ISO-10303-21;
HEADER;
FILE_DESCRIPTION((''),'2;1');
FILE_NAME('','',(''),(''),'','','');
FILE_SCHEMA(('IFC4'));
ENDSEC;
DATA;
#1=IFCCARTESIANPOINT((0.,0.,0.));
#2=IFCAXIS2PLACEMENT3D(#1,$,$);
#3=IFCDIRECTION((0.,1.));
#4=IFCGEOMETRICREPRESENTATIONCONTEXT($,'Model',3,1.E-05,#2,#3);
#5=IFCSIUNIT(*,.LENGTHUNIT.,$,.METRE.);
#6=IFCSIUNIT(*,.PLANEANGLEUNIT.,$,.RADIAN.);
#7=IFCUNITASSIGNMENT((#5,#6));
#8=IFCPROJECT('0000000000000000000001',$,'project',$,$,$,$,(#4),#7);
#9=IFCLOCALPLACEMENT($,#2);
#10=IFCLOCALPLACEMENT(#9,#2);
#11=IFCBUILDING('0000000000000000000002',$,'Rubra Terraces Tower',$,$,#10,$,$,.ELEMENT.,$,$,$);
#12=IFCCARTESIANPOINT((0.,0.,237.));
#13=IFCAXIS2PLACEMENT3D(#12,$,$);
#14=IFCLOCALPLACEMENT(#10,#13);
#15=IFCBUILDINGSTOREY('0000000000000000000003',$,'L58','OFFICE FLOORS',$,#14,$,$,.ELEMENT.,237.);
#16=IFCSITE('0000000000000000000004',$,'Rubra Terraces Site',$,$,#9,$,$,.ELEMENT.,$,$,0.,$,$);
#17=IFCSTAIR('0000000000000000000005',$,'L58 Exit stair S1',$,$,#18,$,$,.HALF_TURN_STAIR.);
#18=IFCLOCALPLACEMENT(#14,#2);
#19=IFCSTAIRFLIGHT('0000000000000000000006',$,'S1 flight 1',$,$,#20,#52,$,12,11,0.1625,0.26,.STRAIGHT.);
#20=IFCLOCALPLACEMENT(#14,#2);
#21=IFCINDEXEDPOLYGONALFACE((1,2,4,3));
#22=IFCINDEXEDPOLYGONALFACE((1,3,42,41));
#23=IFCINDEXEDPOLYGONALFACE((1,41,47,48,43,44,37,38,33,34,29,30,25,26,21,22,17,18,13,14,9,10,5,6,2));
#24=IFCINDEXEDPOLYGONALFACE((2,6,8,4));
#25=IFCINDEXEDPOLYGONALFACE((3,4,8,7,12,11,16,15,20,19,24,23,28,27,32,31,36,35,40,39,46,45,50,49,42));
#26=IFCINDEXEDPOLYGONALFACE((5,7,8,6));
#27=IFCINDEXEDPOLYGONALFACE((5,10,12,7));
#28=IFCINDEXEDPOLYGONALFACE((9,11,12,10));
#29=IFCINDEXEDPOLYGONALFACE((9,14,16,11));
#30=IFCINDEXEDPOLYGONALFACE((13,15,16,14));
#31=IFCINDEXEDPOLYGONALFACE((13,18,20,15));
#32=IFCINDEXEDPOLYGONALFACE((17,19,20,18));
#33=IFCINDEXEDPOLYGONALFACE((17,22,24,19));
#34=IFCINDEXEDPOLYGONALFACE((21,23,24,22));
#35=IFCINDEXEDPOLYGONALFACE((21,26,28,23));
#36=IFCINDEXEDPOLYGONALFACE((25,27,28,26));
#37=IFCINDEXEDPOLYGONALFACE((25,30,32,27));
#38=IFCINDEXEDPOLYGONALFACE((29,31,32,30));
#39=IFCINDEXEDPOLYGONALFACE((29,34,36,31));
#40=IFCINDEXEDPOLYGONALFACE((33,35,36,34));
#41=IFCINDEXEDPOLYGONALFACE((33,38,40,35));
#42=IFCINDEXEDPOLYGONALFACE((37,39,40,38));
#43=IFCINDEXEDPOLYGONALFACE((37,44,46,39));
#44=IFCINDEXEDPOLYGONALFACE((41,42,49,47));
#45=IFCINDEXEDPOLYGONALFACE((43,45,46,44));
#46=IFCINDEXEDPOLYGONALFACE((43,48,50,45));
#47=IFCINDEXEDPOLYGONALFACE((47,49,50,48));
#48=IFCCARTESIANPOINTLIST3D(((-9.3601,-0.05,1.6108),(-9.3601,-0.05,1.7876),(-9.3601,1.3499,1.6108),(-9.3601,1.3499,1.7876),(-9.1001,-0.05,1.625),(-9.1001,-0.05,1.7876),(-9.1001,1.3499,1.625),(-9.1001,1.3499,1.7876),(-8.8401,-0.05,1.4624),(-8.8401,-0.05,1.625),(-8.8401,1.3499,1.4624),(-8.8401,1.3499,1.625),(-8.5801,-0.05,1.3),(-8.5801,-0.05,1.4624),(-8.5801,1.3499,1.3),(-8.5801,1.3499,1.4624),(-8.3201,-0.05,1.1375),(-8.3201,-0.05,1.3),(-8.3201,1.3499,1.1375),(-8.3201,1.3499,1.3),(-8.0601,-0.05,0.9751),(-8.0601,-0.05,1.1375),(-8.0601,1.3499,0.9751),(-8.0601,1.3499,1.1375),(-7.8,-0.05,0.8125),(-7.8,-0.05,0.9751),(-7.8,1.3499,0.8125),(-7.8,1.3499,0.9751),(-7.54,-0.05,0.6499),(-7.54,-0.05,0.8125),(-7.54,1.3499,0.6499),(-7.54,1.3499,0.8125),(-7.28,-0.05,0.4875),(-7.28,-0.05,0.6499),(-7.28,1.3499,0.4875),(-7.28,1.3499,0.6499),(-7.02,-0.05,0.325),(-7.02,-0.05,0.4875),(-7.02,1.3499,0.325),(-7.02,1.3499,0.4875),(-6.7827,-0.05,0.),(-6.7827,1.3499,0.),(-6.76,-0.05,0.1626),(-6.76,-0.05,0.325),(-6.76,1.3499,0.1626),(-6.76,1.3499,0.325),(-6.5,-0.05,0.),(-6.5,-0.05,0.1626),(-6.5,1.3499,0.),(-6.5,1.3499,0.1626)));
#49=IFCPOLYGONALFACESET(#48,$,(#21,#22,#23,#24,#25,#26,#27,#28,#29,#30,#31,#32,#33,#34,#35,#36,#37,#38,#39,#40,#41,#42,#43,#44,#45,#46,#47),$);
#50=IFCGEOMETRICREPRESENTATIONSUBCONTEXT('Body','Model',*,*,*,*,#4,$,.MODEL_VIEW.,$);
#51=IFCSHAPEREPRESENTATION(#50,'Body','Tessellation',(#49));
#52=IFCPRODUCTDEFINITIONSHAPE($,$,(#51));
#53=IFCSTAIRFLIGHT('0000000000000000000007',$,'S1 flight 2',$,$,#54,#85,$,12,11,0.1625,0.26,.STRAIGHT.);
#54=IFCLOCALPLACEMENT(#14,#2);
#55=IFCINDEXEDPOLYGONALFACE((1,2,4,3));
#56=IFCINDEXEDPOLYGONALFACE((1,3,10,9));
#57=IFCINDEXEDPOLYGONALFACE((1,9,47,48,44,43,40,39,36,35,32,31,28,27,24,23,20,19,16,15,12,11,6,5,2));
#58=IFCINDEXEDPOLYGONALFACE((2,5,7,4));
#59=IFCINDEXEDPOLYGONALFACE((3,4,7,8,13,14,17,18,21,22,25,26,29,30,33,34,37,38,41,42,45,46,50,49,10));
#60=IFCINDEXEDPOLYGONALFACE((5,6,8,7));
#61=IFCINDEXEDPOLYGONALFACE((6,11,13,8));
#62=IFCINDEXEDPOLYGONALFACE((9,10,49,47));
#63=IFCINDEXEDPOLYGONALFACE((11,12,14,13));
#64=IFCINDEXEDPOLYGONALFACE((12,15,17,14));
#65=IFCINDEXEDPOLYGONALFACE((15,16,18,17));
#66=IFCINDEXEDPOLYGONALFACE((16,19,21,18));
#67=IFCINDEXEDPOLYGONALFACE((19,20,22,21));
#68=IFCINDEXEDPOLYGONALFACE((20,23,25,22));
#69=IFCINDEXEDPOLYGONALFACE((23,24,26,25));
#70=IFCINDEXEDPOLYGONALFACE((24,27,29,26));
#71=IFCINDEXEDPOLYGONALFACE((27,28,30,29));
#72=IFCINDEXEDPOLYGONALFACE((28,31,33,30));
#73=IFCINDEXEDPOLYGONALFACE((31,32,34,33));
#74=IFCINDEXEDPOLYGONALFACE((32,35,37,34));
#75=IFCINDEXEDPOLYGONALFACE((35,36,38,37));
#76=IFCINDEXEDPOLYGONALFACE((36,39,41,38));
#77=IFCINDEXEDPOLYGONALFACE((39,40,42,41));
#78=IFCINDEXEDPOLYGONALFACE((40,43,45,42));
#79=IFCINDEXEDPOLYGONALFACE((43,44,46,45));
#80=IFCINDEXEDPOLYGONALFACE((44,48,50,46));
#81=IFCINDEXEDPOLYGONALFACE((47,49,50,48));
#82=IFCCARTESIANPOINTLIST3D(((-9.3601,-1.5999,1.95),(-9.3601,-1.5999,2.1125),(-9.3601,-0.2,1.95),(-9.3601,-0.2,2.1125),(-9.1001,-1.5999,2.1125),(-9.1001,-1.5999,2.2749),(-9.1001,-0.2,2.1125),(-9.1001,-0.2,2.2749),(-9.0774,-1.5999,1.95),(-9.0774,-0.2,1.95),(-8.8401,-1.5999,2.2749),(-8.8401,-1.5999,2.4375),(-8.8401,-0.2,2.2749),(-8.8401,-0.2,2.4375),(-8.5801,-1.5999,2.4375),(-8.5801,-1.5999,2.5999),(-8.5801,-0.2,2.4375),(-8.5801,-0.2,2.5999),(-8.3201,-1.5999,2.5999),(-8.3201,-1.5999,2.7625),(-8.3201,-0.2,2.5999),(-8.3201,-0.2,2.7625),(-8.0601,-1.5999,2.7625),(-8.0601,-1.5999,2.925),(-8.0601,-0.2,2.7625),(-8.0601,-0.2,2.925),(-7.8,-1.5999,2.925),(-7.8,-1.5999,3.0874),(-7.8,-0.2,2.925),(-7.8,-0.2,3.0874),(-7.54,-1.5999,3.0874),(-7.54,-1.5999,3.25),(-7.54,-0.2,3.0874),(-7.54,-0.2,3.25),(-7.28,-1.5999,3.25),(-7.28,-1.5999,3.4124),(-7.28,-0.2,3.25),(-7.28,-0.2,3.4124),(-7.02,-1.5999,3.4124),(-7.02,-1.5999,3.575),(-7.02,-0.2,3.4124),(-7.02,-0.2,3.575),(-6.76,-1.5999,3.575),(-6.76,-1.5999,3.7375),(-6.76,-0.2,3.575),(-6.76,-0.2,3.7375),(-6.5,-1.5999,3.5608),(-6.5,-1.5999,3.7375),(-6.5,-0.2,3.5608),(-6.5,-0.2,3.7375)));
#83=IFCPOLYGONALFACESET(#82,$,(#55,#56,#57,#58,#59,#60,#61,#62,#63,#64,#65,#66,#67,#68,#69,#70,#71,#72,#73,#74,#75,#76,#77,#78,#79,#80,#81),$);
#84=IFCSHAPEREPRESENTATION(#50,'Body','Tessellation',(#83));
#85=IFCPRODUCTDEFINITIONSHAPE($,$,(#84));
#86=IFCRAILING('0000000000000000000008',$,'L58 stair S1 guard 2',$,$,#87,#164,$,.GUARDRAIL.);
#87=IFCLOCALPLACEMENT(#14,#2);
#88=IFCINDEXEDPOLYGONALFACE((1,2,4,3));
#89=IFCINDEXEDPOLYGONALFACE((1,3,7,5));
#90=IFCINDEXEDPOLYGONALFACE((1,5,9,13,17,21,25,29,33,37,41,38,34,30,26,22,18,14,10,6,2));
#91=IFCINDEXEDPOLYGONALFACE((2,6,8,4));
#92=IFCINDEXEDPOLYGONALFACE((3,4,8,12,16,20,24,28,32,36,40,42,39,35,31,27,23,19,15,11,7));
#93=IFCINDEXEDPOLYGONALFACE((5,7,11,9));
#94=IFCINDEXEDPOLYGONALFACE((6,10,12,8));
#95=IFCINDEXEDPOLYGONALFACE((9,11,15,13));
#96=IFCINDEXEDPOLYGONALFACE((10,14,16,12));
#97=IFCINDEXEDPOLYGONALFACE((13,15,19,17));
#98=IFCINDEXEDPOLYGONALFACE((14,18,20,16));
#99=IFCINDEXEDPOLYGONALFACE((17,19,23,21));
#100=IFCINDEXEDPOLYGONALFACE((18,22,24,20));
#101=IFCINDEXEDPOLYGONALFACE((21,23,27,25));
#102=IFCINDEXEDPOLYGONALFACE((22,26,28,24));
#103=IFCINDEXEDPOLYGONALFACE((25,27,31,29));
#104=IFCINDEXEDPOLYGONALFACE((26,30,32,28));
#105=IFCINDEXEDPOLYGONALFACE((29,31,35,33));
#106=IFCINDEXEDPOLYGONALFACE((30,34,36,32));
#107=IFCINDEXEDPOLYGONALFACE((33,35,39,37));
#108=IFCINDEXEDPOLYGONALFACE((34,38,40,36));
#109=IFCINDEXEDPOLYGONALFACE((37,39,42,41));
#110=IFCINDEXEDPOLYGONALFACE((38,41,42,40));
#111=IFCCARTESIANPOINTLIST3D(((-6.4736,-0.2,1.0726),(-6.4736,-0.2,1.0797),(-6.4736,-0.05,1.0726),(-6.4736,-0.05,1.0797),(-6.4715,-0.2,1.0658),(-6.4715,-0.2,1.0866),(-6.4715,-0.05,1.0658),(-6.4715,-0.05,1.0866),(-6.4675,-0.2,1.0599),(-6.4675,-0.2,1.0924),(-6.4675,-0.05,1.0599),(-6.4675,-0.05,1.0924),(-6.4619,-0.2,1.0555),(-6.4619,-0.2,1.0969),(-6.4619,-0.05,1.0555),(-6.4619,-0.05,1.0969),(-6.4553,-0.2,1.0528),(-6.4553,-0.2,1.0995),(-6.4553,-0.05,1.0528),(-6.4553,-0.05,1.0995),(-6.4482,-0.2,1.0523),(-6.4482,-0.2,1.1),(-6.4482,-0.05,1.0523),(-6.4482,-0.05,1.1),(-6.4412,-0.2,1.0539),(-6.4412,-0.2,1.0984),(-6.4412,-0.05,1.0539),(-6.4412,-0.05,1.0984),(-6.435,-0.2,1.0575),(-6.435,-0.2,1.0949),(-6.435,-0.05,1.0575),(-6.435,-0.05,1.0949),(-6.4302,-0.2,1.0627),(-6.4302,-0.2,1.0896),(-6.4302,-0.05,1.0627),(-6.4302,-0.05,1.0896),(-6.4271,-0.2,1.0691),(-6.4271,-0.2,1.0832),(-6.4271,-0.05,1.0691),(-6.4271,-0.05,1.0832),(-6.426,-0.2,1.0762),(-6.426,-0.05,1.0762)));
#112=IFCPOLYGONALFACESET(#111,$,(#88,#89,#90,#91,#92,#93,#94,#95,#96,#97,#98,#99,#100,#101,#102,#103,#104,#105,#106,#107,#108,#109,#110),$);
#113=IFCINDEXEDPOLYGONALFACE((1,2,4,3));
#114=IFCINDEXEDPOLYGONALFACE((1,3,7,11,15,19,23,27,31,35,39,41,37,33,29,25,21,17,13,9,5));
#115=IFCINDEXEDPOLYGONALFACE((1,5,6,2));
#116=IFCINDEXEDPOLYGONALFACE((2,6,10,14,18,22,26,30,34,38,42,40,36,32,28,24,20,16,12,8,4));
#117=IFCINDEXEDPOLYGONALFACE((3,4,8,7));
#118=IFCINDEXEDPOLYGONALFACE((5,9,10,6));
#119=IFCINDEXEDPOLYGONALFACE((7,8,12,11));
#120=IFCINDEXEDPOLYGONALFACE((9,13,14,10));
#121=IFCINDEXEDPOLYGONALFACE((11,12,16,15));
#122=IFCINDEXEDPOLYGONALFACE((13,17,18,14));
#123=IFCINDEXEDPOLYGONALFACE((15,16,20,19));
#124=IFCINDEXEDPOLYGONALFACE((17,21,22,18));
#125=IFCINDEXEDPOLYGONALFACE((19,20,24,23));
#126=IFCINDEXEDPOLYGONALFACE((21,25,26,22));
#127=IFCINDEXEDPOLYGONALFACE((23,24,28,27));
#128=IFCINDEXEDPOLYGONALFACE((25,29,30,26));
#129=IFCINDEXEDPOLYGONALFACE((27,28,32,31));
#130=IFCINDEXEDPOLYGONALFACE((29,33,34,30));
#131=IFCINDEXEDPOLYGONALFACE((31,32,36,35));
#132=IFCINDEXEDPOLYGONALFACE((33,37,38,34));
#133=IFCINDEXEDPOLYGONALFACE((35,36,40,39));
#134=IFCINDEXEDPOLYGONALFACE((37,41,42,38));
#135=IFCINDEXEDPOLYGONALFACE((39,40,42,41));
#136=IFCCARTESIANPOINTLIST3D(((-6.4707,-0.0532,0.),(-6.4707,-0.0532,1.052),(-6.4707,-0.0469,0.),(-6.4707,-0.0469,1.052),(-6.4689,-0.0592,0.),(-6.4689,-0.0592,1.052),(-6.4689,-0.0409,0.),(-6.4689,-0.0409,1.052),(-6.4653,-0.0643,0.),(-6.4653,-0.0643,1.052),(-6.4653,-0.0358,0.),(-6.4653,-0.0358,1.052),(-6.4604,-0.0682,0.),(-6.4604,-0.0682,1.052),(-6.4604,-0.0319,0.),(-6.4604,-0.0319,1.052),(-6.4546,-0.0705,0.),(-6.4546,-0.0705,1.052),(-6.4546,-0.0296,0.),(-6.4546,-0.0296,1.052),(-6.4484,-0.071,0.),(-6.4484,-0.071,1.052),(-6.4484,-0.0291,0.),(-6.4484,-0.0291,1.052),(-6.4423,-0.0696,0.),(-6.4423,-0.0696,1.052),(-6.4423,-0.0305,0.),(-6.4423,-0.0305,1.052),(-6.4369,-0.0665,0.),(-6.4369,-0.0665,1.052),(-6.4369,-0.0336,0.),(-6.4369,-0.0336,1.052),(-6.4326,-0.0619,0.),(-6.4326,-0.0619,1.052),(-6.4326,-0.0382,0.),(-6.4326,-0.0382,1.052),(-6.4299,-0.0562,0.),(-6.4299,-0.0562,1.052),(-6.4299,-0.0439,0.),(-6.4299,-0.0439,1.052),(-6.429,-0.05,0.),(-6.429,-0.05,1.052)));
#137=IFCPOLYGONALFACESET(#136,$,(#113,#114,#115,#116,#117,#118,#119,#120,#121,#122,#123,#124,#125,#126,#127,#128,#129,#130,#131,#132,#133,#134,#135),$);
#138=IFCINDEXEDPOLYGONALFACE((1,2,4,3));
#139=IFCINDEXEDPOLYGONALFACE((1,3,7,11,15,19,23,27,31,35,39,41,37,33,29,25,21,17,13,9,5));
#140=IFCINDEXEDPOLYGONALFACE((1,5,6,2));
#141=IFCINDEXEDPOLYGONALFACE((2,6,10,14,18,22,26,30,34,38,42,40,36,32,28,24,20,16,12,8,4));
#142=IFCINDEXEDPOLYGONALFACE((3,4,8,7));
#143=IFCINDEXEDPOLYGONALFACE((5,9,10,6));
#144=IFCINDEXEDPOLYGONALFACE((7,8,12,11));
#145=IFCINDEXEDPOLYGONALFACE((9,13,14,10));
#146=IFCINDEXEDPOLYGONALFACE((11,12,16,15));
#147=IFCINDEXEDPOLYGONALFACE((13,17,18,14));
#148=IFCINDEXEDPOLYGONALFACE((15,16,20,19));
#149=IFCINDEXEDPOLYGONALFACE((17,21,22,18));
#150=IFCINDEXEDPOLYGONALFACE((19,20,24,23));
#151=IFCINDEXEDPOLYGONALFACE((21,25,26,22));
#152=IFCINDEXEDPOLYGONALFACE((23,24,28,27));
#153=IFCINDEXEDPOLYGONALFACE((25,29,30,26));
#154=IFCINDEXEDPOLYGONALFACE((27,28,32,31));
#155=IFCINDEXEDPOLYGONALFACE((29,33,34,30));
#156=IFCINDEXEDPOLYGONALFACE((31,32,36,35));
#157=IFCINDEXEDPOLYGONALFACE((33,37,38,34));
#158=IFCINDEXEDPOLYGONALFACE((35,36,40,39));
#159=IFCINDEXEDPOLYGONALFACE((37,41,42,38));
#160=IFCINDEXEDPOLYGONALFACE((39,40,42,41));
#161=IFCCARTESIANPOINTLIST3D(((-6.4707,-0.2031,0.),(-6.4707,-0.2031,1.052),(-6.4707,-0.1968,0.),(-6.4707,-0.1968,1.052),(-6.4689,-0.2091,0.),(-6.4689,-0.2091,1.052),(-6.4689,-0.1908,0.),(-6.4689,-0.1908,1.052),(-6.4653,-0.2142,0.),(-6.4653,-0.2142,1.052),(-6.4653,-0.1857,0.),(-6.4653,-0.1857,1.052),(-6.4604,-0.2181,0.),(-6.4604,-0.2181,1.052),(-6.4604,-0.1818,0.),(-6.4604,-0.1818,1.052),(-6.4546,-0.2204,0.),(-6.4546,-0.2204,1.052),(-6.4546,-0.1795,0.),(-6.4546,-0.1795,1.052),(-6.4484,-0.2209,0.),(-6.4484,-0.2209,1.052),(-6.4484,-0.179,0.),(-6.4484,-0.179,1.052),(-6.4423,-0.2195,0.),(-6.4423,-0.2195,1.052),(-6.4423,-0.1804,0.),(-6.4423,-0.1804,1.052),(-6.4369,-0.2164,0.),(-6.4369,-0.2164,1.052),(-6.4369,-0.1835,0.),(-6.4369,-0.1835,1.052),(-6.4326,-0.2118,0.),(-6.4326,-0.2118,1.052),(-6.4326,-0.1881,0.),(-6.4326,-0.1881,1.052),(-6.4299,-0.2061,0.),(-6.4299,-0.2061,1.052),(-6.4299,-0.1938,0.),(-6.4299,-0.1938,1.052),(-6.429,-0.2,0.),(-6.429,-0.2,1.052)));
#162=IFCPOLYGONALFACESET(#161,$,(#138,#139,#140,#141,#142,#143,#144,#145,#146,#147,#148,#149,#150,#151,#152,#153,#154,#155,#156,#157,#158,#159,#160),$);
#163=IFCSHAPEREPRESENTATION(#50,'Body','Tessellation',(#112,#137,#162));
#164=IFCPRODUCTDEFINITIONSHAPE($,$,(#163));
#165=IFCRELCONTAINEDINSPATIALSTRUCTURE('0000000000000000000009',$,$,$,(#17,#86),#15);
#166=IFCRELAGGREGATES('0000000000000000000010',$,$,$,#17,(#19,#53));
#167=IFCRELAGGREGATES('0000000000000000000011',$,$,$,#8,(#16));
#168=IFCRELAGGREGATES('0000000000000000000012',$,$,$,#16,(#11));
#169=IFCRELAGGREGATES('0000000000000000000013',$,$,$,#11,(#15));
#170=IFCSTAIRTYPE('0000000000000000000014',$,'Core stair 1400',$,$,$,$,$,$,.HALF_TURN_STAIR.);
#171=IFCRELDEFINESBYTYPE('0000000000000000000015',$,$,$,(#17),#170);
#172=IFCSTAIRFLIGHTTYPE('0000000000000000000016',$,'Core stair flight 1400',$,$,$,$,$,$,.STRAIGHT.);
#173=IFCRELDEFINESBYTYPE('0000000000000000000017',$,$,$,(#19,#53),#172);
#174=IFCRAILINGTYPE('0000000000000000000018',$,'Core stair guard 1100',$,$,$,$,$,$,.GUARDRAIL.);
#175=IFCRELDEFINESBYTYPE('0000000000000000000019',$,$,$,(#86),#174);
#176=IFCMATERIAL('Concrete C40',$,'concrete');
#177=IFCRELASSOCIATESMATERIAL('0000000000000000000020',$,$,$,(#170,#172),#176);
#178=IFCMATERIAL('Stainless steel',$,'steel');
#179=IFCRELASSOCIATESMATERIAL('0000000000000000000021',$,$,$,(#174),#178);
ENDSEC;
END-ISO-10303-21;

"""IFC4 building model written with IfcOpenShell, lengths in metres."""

from ifc_helpers import new_model, si_unit, direction, frame, origin, origin_2d, place, context, subcontext, project, spatial, polyline, circle, outline, extrude, material, type_object, element, aggregate, save


model = new_model("IFC4")

# Units and contexts
model_context = context("Model", 3, precision=1e-05, world=origin(), true_north=direction((0.0, 1.0)))
body_context = subcontext(model_context, "Body", "Model", "MODEL_VIEW")
ifc_project = project(units=[si_unit("LENGTHUNIT", "METRE"), si_unit("PLANEANGLEUNIT", "RADIAN")], contexts=[model_context])

# Site, building, storey
site_placement = place(None, origin())
site = spatial("IfcSite", under=ifc_project, at=site_placement, Name="Rubra Terraces Site", CompositionType="ELEMENT", RefElevation=0.0)
building_placement = place(site_placement, origin())
building = spatial("IfcBuilding", under=site, at=building_placement, Name="Rubra Terraces Tower", CompositionType="ELEMENT")
storey_placement = place(building_placement, frame((0.0, 0.0, 237.0)))
storey = spatial("IfcBuildingStorey", under=building, at=storey_placement, Name="L58", Description="OFFICE FLOORS", CompositionType="ELEMENT", Elevation=237.0)

# Shared definitions
ifc_material_1 = material(Name="Concrete C40", Category="concrete")

# Stair, stair flights
stair_type = type_object("IfcStairType", Name="Core stair 1400", PredefinedType="HALF_TURN_STAIR", material=ifc_material_1)
stair_placement = place(storey_placement, origin())
stair = element("IfcStair", 1, at=stair_placement, inside=storey, type_object=stair_type, Name="L58 Exit stair S1", PredefinedType="HALF_TURN_STAIR")
stair_flight_type = type_object("IfcStairFlightType", Name="Core stair flight 1400", PredefinedType="STRAIGHT", material=ifc_material_1)
stair_flight_1_placement = place(storey_placement, frame((-6.5, 0.6499, 0.0), z_axis=(0.0, 0.0, 1.0), x_axis=(-1.0, 0.0, 0.0)))
stair_flight_1 = element("IfcStairFlight", 2, at=stair_flight_1_placement, type_object=stair_flight_type, Name="S1 flight 1", NumberOfRisers=12, NumberOfTreads=11, PredefinedType="STRAIGHT", RiserHeight=0.1625, TreadLength=0.26, context=body_context, shape_type="SweptSolid", body=[
    extrude(outline(polyline([(0.0, 0.0), (0.0, 0.1626), (0.26, 0.1626), (0.26, 0.325), (0.52, 0.325), (0.52, 0.4875), (0.78, 0.4875), (0.78, 0.6499), (1.04, 0.6499), (1.04, 0.8125), (1.3, 0.8125), (1.3, 0.9751), (1.5601, 0.9751), (1.5601, 1.1375), (1.8201, 1.1375), (1.8201, 1.3), (2.0801, 1.3), (2.0801, 1.4624), (2.3401, 1.4624), (2.3401, 1.625), (2.6001, 1.625), (2.6001, 1.7876), (2.8601, 1.7876), (2.8601, 1.95), (2.8601, 1.6108), (0.2827, 0.0), (0.0, 0.0)])), frame((0.0, 0.7, 0.0), z_axis=(0.0, -1.0, 0.0), x_axis=(1.0, 0.0, 0.0)), (0.0, 0.0, 1.0), 1.3999),
])
stair_flight_2_placement = place(storey_placement, frame((-9.3601, -0.8999, 1.95), z_axis=(0.0, 0.0, 1.0), x_axis=(1.0, 0.0, 0.0)))
stair_flight_2 = element("IfcStairFlight", 3, at=stair_flight_2_placement, type_object=stair_flight_type, Name="S1 flight 2", NumberOfRisers=12, NumberOfTreads=11, PredefinedType="STRAIGHT", RiserHeight=0.1625, TreadLength=0.26, context=body_context, shape_type="SweptSolid", body=[
    extrude(outline(polyline([(0.0, 0.0), (0.0, 0.1626), (0.26, 0.1626), (0.26, 0.325), (0.52, 0.325), (0.52, 0.4875), (0.78, 0.4875), (0.78, 0.6499), (1.04, 0.6499), (1.04, 0.8125), (1.3, 0.8125), (1.3, 0.9751), (1.5601, 0.9751), (1.5601, 1.1375), (1.8201, 1.1375), (1.8201, 1.3), (2.0801, 1.3), (2.0801, 1.4624), (2.3401, 1.4624), (2.3401, 1.625), (2.6001, 1.625), (2.6001, 1.7876), (2.8601, 1.7876), (2.8601, 1.95), (2.8601, 1.6108), (0.2827, 0.0), (0.0, 0.0)])), frame((0.0, 0.7, 0.0), z_axis=(0.0, -1.0, 0.0), x_axis=(1.0, 0.0, 0.0)), (0.0, 0.0, 1.0), 1.3999),
])
aggregate(stair, [stair_flight_1, stair_flight_2])

# Railing
ifc_material_2 = material(Name="Stainless steel", Category="steel")
railing_type = type_object("IfcRailingType", Name="Core stair guard 1100", PredefinedType="GUARDRAIL", material=ifc_material_2)
railing_1_placement = place(storey_placement, frame((-6.45, -0.05, 0.0)))
element("IfcRailing", 4, at=railing_1_placement, inside=storey, type_object=railing_type, Name="L58 stair S1 guard 2", PredefinedType="GUARDRAIL", context=body_context, shape_type="SweptSolid", body=[
    extrude(circle(Radius=0.0239, at=origin_2d()), frame((0.0, 0.0, 1.0762), z_axis=(0.0, -1.0, 0.0), x_axis=(1.0, 0.0, 0.0)), (0.0, 0.0, 1.0), 0.1499),
    extrude(circle(Radius=0.021, at=origin_2d()), origin(), (0.0, 0.0, 1.0), 1.052),
    extrude(circle(Radius=0.021, at=origin_2d()), frame((0.0, -0.1499, 0.0)), (0.0, 0.0, 1.0), 1.052),
])

save(model, "model.ifc")
